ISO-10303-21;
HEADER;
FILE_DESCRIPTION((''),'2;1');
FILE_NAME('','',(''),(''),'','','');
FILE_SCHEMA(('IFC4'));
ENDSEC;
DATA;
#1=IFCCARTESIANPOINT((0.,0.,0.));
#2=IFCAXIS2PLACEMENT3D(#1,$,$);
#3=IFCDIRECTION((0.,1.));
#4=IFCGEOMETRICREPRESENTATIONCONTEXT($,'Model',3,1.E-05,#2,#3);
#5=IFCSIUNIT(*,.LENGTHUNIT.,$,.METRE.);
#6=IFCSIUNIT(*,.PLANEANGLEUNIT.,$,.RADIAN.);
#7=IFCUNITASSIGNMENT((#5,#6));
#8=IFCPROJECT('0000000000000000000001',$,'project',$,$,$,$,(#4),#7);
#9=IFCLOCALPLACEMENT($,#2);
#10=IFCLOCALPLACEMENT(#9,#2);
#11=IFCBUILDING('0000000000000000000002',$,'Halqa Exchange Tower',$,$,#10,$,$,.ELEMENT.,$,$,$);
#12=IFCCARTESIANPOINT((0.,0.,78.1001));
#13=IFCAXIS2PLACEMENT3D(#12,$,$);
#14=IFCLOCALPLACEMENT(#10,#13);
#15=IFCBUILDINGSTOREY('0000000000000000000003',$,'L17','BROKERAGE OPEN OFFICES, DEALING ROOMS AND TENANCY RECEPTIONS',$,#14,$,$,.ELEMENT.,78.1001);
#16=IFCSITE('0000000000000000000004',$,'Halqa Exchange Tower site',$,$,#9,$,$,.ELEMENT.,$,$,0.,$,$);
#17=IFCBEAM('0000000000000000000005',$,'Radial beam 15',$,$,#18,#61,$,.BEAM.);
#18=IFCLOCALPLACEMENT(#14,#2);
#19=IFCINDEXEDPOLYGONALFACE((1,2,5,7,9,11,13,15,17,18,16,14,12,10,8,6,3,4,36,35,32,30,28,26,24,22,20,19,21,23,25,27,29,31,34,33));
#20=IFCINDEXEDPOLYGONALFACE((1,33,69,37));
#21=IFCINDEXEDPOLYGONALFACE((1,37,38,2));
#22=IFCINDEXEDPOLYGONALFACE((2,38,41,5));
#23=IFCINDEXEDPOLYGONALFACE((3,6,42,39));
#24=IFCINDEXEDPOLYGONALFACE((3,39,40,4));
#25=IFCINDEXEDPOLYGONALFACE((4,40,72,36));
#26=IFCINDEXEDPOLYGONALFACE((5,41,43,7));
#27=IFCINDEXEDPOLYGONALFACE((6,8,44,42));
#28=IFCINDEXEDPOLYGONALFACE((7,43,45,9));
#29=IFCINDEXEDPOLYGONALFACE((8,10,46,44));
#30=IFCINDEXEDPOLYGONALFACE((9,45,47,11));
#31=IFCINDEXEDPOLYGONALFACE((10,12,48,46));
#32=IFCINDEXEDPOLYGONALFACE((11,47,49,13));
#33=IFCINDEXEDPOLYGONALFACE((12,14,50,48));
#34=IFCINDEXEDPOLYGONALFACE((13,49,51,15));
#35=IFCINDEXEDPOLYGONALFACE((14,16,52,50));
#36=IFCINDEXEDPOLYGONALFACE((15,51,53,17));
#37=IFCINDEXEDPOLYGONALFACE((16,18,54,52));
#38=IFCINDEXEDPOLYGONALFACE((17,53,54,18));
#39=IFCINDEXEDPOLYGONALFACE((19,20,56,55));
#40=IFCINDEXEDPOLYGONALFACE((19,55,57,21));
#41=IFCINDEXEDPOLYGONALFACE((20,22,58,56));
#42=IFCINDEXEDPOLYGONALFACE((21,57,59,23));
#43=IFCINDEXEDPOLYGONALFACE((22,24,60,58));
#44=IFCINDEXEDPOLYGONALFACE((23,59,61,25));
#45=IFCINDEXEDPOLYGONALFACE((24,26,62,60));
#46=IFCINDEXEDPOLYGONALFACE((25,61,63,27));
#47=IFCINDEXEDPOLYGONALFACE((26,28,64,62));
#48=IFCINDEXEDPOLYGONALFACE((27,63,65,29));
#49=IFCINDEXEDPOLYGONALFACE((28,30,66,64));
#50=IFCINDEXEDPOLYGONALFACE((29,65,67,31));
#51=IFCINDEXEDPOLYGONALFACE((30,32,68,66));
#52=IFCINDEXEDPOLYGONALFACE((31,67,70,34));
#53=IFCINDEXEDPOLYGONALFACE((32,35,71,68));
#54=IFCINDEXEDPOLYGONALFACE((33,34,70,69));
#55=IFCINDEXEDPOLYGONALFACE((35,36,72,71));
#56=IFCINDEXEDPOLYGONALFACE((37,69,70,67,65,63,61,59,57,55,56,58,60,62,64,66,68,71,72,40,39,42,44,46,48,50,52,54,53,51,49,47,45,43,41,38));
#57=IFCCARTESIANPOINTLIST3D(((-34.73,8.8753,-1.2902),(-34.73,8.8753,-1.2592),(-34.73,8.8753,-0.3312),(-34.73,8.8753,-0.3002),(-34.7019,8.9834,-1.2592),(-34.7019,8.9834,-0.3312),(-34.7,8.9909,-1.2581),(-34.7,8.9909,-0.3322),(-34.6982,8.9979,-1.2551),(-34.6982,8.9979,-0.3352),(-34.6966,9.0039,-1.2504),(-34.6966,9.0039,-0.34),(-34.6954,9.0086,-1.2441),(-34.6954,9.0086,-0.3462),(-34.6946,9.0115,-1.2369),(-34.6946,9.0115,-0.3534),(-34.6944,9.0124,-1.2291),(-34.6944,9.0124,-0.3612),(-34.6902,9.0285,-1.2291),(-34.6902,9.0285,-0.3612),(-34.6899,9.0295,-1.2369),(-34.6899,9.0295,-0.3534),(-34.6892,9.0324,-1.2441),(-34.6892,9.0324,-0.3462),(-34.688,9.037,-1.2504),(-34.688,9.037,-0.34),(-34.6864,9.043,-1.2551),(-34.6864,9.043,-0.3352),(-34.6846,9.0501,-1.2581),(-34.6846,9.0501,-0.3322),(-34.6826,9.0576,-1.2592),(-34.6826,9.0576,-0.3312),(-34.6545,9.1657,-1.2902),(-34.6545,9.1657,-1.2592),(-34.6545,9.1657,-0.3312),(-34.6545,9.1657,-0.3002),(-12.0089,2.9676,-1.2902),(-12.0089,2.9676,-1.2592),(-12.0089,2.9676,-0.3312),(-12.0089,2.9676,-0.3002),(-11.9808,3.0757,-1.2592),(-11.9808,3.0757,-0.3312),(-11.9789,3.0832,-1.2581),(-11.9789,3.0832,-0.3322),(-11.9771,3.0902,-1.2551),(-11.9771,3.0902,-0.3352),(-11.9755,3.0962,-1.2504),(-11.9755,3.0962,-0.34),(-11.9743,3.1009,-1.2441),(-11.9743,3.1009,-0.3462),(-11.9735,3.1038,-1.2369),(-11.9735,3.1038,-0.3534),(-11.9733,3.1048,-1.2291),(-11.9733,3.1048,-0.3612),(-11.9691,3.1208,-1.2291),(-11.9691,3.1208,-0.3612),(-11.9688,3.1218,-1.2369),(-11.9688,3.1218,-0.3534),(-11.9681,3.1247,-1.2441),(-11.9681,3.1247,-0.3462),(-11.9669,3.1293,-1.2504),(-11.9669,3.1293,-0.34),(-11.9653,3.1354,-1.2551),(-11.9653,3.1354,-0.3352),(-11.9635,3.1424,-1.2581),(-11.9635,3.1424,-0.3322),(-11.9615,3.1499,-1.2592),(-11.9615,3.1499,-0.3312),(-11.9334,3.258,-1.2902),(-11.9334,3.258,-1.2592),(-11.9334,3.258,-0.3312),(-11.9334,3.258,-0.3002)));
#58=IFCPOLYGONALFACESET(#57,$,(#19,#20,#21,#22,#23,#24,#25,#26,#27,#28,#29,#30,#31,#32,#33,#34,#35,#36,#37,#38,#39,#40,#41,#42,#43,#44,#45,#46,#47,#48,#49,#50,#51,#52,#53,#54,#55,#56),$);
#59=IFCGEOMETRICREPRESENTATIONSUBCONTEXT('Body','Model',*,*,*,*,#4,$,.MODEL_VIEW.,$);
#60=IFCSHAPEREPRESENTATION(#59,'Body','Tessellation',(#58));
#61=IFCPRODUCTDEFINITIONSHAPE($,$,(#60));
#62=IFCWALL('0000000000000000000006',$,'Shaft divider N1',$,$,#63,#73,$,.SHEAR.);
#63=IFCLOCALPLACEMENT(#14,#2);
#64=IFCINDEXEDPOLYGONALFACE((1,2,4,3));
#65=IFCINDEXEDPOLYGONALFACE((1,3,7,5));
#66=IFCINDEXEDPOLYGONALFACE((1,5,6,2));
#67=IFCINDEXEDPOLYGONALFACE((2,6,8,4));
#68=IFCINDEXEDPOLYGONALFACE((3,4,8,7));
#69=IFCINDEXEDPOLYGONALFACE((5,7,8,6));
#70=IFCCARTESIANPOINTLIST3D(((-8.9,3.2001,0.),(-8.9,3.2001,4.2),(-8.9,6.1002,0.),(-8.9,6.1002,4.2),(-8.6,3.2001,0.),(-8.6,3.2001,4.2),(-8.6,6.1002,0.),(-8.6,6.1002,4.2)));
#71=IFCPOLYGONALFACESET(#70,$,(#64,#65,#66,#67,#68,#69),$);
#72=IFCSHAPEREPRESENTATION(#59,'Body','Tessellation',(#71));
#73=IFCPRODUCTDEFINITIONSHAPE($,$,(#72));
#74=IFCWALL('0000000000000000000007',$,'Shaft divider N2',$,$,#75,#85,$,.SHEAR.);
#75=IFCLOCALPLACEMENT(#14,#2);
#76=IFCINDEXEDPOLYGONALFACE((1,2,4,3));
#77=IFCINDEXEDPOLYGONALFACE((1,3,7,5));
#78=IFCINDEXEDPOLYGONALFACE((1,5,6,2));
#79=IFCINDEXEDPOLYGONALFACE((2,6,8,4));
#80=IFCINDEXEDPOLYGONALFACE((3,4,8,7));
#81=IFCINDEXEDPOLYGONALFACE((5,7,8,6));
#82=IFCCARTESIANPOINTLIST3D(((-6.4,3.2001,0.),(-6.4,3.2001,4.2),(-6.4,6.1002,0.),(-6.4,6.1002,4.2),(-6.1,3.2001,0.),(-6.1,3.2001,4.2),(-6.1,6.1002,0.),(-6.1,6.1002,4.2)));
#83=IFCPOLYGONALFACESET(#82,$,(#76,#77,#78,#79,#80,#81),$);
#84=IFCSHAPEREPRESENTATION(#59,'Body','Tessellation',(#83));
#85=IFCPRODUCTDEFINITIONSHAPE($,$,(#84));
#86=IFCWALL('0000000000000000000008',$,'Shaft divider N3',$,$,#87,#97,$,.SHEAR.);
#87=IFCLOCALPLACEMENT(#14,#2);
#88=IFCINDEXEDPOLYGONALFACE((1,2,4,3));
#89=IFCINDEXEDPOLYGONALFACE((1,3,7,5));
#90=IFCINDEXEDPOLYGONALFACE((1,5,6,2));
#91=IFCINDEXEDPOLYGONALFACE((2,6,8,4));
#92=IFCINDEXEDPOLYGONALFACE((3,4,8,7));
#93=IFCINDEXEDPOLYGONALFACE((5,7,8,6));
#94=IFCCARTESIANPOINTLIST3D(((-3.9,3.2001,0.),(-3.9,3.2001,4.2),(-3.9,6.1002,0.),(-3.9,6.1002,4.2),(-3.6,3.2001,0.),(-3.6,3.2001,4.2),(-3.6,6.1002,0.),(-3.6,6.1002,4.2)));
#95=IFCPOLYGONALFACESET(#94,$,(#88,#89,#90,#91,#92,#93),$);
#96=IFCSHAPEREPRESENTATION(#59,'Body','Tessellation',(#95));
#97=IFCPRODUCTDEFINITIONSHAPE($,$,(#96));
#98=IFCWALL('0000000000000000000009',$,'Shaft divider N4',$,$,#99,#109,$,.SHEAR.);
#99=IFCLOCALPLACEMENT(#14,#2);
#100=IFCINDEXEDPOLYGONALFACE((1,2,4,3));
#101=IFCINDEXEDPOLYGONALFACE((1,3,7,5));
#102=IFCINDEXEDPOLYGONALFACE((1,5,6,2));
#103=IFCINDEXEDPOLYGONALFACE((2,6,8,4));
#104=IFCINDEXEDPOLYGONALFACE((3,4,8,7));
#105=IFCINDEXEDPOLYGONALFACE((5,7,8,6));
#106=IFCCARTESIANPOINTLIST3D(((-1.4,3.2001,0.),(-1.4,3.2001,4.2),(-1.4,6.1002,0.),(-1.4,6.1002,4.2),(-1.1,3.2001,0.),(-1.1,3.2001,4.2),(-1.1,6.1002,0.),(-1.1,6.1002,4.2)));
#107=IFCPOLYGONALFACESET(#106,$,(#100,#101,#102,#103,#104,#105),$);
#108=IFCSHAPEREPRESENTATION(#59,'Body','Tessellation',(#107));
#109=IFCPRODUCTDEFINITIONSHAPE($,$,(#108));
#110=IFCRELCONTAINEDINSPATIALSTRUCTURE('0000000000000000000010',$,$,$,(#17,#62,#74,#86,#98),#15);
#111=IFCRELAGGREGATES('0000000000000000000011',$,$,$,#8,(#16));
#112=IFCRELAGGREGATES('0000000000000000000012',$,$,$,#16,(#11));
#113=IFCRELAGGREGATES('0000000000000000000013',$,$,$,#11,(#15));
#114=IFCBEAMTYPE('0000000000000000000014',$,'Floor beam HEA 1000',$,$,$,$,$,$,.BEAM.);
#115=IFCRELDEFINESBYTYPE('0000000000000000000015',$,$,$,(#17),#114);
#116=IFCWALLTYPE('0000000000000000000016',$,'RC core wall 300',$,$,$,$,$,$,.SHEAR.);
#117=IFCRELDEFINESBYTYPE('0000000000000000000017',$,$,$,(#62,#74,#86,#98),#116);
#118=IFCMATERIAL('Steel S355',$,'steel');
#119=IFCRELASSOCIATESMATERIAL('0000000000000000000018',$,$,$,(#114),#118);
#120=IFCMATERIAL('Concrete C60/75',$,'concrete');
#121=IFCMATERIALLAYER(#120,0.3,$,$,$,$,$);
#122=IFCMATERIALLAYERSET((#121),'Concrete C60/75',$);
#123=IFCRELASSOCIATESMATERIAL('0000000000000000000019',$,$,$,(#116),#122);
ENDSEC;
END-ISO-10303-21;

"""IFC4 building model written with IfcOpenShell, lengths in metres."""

from ifc_helpers import new_model, si_unit, direction, frame, frame_2d, origin, origin_2d, place, context, subcontext, project, spatial, rectangle, i_section, extrude, material, layer, layer_set, material_profile, profile_set, type_object, element, save


model = new_model("IFC4")

# Units and contexts
model_context = context("Model", 3, precision=1e-05, world=origin(), true_north=direction((0.0, 1.0)))
body_context = subcontext(model_context, "Body", "Model", "MODEL_VIEW")
ifc_project = project(units=[si_unit("LENGTHUNIT", "METRE"), si_unit("PLANEANGLEUNIT", "RADIAN")], contexts=[model_context])

# Site, building, storey
site_placement = place(None, origin())
site = spatial("IfcSite", under=ifc_project, at=site_placement, Name="Halqa Exchange Tower site", CompositionType="ELEMENT", RefElevation=0.0)
building_placement = place(site_placement, origin())
building = spatial("IfcBuilding", under=site, at=building_placement, Name="Halqa Exchange Tower", CompositionType="ELEMENT")
storey_placement = place(building_placement, frame((0.0, 0.0, 78.1001)))
storey = spatial("IfcBuildingStorey", under=building, at=storey_placement, Name="L17", Description="BROKERAGE OPEN OFFICES, DEALING ROOMS AND TENANCY RECEPTIONS", CompositionType="ELEMENT", Elevation=78.1001)

# Beam
ifc_material_1 = material(Name="Steel S355", Category="steel")
ifc_material_profile = material_profile(ifc_material_1, i_section(OverallWidth=0.3, OverallDepth=0.99, WebThickness=0.0166, FlangeThickness=0.031, FilletRadius=0.03, at=origin_2d()), Name="HEA 1000")
ifc_profile_set = profile_set([ifc_material_profile], Name="Steel S355")
beam_type = type_object("IfcBeamType", Name="Floor beam HEA 1000", PredefinedType="BEAM", material=ifc_profile_set)
beam_placement = place(storey_placement, frame((-11.9712, 3.1128, -0.7952), z_axis=(-0.96782, 0.251642, 0.0), x_axis=(-0.251642, -0.96782, 0.0)))
element("IfcBeam", 1, at=beam_placement, inside=storey, type_object=beam_type, Name="Radial beam 15", PredefinedType="BEAM", context=body_context, shape_type="SweptSolid", body=[
    extrude(i_section(OverallWidth=0.3, OverallDepth=0.99, WebThickness=0.0166, FlangeThickness=0.031, FilletRadius=0.03, at=origin_2d()), origin(), (0.0, 0.0, 1.0), 23.4766),
])

# Walls
ifc_material_2 = material(Name="Concrete C60/75", Category="concrete")
ifc_layer_1 = layer(ifc_material_2, 0.3)
ifc_layer_set_1 = layer_set([ifc_layer_1], Name="Concrete C60/75")
wall_type_1 = type_object("IfcWallType", Name="RC core wall 300", PredefinedType="SHEAR", material=ifc_layer_set_1)
for number, where, z_axis, x_axis, name in (
    (2, (-8.75, 3.2, 0.0), (0.0, 0.0, 1.0), (0.0, 1.0, 0.0), "Shaft divider N1"),
    (3, (-6.25, 3.2, 0.0), (0.0, 0.0, 1.0), (0.0, 1.0, 0.0), "Shaft divider N2"),
    (4, (-3.75, 3.2, 0.0), (0.0, 0.0, 1.0), (0.0, 1.0, 0.0), "Shaft divider N3"),
    (5, (-1.25, 3.2, 0.0), (0.0, 0.0, 1.0), (0.0, 1.0, 0.0), "Shaft divider N4"),
):
    element("IfcWall", number, at=place(storey_placement, frame(where, z_axis=z_axis, x_axis=x_axis)), inside=storey, type_object=wall_type_1, Name=name, PredefinedType="SHEAR", context=body_context, shape_type="SweptSolid", body=[
        extrude(rectangle(XDim=2.9001, YDim=0.3, at=frame_2d((1.4502, 0.0))), origin(), (0.0, 0.0, 1.0), 4.2),
    ])

save(model, "model.ifc")
